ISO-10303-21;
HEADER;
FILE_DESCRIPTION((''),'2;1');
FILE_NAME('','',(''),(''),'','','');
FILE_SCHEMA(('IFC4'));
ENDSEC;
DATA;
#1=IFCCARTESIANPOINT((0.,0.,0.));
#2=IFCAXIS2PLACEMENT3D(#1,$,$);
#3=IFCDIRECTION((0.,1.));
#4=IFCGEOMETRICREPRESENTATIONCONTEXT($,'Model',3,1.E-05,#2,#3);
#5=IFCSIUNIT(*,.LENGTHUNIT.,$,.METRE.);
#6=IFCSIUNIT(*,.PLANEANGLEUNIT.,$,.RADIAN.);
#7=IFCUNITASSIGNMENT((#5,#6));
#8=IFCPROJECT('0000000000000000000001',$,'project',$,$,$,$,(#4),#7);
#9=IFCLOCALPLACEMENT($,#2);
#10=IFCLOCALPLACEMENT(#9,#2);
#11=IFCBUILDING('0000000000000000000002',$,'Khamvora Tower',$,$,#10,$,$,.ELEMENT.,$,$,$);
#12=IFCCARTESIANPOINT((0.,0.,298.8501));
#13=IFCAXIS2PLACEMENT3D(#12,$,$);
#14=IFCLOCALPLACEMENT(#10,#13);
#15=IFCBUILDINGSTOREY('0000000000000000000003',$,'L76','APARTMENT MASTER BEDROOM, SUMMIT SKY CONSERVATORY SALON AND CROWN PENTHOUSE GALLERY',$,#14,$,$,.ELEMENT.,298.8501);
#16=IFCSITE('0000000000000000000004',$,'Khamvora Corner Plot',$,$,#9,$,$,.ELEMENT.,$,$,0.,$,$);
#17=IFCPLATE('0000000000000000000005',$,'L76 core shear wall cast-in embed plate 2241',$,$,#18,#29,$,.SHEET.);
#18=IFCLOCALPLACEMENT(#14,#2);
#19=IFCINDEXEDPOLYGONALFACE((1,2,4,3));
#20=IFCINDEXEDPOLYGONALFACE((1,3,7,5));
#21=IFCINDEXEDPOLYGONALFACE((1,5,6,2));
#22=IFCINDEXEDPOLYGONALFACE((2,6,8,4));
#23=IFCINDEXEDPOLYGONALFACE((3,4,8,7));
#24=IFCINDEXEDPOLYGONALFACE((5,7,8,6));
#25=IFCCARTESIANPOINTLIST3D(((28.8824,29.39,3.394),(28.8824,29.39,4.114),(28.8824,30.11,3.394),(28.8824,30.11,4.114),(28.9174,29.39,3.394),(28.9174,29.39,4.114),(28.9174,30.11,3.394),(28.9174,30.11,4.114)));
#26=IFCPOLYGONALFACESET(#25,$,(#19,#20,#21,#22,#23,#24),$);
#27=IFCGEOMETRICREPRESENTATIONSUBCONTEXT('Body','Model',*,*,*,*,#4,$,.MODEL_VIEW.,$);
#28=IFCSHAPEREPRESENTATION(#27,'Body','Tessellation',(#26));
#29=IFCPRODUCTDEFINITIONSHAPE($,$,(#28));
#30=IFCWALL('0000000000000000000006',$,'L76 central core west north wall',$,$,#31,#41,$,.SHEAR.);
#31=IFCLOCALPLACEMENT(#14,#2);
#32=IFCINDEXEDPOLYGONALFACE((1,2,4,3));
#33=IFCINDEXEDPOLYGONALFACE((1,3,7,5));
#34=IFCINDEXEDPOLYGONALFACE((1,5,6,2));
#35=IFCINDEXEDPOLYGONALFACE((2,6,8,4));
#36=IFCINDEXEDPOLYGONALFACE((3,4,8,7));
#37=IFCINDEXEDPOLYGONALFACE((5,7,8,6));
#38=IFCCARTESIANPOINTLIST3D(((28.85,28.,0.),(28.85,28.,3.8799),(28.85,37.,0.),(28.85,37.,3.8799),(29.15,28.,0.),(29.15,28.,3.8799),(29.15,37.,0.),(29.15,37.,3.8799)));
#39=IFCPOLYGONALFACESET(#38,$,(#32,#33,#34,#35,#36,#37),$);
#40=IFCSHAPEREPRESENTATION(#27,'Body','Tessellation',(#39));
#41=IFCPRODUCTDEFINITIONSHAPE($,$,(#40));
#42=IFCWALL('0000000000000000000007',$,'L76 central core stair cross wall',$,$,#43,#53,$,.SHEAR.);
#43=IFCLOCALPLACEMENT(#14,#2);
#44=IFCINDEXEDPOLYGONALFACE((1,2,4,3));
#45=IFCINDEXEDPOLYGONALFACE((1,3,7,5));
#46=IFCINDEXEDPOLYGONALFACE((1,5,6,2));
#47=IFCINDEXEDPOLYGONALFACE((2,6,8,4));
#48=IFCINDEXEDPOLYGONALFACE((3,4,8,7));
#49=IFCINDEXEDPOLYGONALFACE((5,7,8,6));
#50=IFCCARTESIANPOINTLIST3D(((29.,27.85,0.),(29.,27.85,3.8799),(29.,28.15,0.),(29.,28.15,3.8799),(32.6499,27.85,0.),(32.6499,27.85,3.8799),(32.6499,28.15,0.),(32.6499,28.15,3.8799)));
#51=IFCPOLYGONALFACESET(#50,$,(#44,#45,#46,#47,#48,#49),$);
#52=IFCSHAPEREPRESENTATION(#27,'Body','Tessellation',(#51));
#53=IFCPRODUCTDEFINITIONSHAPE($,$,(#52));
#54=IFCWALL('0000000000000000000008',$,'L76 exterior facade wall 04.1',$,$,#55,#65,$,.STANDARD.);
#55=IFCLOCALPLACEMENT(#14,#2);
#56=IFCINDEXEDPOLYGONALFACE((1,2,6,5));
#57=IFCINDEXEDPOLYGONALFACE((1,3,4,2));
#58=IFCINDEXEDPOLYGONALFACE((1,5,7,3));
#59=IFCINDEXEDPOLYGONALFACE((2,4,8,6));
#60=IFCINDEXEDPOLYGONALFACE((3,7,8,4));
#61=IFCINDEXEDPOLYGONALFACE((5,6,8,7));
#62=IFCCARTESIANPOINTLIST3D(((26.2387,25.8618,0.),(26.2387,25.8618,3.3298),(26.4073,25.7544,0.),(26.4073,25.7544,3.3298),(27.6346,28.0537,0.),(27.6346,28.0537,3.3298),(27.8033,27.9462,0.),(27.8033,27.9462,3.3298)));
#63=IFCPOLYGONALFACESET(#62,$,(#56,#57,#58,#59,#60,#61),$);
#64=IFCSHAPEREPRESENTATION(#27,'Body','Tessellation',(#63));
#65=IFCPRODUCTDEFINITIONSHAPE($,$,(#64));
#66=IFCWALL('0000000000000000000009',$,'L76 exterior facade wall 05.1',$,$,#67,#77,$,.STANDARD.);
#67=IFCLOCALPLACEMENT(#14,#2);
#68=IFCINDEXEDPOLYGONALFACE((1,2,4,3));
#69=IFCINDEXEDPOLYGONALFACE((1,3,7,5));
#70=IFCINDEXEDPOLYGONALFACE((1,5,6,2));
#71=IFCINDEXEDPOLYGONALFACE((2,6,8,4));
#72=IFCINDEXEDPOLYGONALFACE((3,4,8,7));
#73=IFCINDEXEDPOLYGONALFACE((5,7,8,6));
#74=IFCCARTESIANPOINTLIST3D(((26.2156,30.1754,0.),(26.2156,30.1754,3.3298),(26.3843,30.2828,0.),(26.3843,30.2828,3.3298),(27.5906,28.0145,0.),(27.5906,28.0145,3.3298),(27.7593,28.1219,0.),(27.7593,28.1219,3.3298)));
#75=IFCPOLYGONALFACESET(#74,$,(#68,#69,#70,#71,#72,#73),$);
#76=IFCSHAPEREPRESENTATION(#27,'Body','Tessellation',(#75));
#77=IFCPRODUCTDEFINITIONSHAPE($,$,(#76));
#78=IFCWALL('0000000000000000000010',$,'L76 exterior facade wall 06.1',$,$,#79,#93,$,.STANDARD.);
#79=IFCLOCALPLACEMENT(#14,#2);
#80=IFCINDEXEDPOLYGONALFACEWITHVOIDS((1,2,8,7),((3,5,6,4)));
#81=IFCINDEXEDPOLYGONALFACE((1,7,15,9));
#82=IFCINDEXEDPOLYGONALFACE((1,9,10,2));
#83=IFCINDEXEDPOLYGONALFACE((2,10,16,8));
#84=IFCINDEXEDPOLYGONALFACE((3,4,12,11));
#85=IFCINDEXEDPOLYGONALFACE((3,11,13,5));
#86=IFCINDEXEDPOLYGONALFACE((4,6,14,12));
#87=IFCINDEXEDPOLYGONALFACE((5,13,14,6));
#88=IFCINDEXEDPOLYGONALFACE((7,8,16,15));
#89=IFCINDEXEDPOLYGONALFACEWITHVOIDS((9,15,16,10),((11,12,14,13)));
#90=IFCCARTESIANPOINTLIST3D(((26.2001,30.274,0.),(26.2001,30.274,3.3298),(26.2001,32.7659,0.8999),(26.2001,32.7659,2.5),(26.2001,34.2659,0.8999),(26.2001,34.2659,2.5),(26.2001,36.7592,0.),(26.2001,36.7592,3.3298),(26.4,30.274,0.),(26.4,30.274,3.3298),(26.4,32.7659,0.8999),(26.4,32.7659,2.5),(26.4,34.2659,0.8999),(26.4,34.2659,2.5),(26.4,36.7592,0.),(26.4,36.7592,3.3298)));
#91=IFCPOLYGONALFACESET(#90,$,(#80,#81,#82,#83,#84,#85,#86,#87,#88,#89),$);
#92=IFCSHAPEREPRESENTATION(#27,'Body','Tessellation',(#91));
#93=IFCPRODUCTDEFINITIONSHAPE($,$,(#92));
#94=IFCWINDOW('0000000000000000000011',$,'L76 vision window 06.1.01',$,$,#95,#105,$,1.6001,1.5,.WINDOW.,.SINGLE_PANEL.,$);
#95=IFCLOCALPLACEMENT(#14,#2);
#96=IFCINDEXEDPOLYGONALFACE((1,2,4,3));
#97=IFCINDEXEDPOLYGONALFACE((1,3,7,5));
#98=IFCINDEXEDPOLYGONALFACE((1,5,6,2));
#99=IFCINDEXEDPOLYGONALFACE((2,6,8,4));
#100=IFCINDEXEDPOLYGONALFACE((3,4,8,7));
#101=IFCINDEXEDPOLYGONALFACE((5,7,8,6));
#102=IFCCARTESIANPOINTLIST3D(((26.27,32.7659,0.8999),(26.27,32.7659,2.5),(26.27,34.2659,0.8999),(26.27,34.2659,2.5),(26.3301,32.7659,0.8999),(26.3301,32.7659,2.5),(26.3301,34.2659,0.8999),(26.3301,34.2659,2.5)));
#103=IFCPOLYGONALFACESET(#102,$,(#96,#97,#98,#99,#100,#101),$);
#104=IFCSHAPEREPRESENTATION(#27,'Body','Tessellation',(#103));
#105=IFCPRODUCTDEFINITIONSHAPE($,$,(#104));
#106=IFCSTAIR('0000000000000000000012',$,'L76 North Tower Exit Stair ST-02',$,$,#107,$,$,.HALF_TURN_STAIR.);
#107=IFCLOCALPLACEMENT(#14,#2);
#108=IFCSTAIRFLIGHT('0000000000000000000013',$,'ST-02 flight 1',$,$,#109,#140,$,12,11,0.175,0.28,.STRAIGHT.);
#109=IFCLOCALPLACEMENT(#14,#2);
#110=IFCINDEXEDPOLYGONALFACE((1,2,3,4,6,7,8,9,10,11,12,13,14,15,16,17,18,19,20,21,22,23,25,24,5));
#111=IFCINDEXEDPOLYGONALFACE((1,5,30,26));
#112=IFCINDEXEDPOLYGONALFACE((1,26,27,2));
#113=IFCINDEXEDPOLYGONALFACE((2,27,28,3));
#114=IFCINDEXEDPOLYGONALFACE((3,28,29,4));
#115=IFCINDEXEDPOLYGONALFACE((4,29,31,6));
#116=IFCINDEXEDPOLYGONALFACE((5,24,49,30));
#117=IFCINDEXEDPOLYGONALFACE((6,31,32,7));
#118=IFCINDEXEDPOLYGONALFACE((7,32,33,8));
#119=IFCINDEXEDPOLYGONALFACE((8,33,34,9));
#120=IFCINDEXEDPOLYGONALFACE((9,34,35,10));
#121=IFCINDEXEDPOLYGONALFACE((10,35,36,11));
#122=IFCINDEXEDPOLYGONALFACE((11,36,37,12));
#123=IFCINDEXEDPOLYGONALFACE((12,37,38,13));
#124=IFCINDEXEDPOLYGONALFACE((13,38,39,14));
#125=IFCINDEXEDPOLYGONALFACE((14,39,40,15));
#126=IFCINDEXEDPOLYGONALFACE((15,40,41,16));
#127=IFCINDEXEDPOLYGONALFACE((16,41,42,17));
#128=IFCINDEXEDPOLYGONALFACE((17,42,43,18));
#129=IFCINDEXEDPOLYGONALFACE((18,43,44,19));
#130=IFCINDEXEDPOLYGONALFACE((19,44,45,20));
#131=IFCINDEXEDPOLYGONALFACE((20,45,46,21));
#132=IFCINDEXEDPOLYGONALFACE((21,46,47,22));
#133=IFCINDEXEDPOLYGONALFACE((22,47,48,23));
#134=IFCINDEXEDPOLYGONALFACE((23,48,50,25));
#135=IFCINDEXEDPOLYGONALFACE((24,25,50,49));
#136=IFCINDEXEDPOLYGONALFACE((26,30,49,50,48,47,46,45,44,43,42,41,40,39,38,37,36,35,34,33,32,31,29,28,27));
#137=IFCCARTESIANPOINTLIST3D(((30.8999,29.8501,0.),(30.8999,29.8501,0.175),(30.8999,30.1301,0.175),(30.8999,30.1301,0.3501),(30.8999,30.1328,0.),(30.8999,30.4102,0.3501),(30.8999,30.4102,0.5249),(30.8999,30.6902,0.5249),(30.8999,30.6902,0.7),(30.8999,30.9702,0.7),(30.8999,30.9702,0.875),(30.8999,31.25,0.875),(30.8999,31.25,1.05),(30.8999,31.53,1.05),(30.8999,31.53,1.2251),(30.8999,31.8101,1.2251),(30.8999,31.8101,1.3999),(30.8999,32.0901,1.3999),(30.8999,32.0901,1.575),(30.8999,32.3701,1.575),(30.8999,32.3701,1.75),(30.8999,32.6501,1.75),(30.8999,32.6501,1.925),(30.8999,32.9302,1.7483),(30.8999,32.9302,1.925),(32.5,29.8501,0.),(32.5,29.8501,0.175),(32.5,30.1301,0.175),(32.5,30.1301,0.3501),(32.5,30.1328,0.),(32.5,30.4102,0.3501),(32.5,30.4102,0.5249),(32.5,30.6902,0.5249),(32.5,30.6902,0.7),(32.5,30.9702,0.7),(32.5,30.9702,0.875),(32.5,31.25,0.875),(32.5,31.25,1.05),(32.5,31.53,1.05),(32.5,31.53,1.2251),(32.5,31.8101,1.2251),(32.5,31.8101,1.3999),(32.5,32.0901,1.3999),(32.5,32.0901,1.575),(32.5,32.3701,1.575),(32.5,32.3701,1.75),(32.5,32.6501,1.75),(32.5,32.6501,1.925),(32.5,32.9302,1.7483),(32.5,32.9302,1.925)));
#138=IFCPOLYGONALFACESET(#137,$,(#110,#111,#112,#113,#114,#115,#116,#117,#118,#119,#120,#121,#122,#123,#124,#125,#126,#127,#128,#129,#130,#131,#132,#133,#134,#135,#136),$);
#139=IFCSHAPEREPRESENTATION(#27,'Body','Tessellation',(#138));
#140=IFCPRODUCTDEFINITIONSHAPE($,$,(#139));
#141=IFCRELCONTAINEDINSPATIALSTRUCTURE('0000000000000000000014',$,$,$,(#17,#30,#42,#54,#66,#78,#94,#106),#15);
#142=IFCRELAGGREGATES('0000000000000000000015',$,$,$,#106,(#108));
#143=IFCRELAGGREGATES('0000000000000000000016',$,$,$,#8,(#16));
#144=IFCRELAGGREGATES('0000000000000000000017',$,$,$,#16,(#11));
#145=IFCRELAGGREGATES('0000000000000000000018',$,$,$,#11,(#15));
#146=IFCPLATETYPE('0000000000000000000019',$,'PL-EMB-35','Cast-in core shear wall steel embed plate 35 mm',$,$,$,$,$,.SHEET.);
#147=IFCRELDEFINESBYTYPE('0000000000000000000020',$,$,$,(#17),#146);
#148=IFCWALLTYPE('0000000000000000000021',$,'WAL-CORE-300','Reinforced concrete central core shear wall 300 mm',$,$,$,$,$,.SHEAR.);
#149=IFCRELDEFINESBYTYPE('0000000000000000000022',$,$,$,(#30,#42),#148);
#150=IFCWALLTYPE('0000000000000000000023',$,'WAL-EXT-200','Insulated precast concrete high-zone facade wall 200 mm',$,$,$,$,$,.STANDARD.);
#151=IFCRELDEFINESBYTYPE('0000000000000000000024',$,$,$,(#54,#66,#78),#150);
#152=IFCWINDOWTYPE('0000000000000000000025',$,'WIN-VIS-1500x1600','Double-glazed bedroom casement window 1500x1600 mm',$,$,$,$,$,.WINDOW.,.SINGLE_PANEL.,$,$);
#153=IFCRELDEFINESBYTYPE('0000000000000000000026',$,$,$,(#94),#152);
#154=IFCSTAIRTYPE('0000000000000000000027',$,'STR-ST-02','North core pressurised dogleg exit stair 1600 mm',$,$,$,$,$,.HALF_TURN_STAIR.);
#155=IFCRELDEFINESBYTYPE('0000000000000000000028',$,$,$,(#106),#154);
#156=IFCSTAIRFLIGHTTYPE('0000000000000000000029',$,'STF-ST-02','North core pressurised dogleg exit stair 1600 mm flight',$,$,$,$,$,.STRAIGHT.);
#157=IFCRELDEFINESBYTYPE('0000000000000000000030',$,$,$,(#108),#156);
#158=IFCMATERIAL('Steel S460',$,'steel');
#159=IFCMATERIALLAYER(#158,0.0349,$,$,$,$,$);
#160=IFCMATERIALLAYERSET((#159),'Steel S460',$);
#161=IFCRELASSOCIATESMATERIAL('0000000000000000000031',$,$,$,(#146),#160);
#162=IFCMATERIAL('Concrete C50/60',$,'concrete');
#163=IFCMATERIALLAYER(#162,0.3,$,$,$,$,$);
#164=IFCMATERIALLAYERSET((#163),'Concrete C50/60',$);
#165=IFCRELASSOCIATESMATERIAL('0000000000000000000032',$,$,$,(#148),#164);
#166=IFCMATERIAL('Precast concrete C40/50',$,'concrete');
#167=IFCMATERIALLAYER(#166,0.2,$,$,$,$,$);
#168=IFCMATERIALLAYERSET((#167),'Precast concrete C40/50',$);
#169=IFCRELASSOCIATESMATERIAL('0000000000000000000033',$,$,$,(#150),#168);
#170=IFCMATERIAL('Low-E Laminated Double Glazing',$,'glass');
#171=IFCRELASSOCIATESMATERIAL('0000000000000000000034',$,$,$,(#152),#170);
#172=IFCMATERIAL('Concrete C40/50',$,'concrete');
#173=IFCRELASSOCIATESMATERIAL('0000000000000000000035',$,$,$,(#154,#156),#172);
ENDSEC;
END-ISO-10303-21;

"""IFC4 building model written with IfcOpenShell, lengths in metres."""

from ifc_helpers import new_model, si_unit, direction, frame, frame_2d, origin, origin_2d, place, context, subcontext, project, spatial, polyline, rectangle, outline, extrude, material, layer, layer_set, type_object, element, fill, aggregate, save


model = new_model("IFC4")

# Units and contexts
model_context = context("Model", 3, precision=1e-05, world=origin(), true_north=direction((0.0, 1.0)))
body_context = subcontext(model_context, "Body", "Model", "MODEL_VIEW")
ifc_project = project(units=[si_unit("LENGTHUNIT", "METRE"), si_unit("PLANEANGLEUNIT", "RADIAN")], contexts=[model_context])

# Site, building, storey
site_placement = place(None, origin())
site = spatial("IfcSite", under=ifc_project, at=site_placement, Name="Khamvora Corner Plot", CompositionType="ELEMENT", RefElevation=0.0)
building_placement = place(site_placement, origin())
building = spatial("IfcBuilding", under=site, at=building_placement, Name="Khamvora Tower", CompositionType="ELEMENT")
storey_placement = place(building_placement, frame((0.0, 0.0, 298.8501)))
storey = spatial("IfcBuildingStorey", under=building, at=storey_placement, Name="L76", Description="APARTMENT MASTER BEDROOM, SUMMIT SKY CONSERVATORY SALON AND CROWN PENTHOUSE GALLERY", CompositionType="ELEMENT", Elevation=298.8501)

# Plate
ifc_material_1 = material(Name="Steel S460", Category="steel")
ifc_layer_1 = layer(ifc_material_1, 0.0349)
ifc_layer_set_1 = layer_set([ifc_layer_1], Name="Steel S460")
plate_type = type_object("IfcPlateType", Name="PL-EMB-35", Description="Cast-in core shear wall steel embed plate 35 mm", PredefinedType="SHEET", material=ifc_layer_set_1)
for number, where, z_axis, x_axis, name in (
    (1, (28.8999, 29.75, 3.394), (0.0, 0.0, 1.0), (1.0, 0.0, 0.0), "L76 core shear wall cast-in embed plate 2241"),
):
    element("IfcPlate", number, at=place(storey_placement, frame(where, z_axis=z_axis, x_axis=x_axis)), inside=storey, type_object=plate_type, Name=name, PredefinedType="SHEET", context=body_context, shape_type="SweptSolid", body=[
        extrude(rectangle(XDim=0.0349, YDim=0.72, at=origin_2d()), origin(), (0.0, 0.0, 1.0), 0.72),
    ])

# Walls
ifc_material_2 = material(Name="Concrete C50/60", Category="concrete")
ifc_layer_2 = layer(ifc_material_2, 0.3)
ifc_layer_set_2 = layer_set([ifc_layer_2], Name="Concrete C50/60")
wall_type_1 = type_object("IfcWallType", Name="WAL-CORE-300", Description="Reinforced concrete central core shear wall 300 mm", PredefinedType="SHEAR", material=ifc_layer_set_2)
wall_1_placement = place(storey_placement, frame((29.0, 28.0, 0.0), z_axis=(0.0, 0.0, 1.0), x_axis=(0.0, 1.0, 0.0)))
element("IfcWall", 2, at=wall_1_placement, inside=storey, type_object=wall_type_1, Name="L76 central core west north wall", PredefinedType="SHEAR", context=body_context, shape_type="SweptSolid", body=[
    extrude(rectangle(XDim=9.0, YDim=0.3, at=frame_2d((4.5, 0.0))), origin(), (0.0, 0.0, 1.0), 3.8799),
])
wall_2_placement = place(storey_placement, frame((29.0, 28.0, 0.0), z_axis=(0.0, 0.0, 1.0), x_axis=(1.0, 0.0, 0.0)))
element("IfcWall", 3, at=wall_2_placement, inside=storey, type_object=wall_type_1, Name="L76 central core stair cross wall", PredefinedType="SHEAR", context=body_context, shape_type="SweptSolid", body=[
    extrude(rectangle(XDim=3.6499, YDim=0.3, at=frame_2d((1.825, 0.0))), origin(), (0.0, 0.0, 1.0), 3.8799),
])
ifc_material_3 = material(Name="Precast concrete C40/50", Category="concrete")
ifc_layer_3 = layer(ifc_material_3, 0.2)
ifc_layer_set_3 = layer_set([ifc_layer_3], Name="Precast concrete C40/50")
wall_type_2 = type_object("IfcWallType", Name="WAL-EXT-200", Description="Insulated precast concrete high-zone facade wall 200 mm", PredefinedType="STANDARD", material=ifc_layer_set_3)
wall_3_placement = place(storey_placement, frame((26.323, 25.8081, 0.0), z_axis=(0.0, 0.0, 1.0), x_axis=(0.537192, 0.84346, 0.0)))
element("IfcWall", 4, at=wall_3_placement, inside=storey, type_object=wall_type_2, Name="L76 exterior facade wall 04.1", PredefinedType="STANDARD", context=body_context, shape_type="SweptSolid", body=[
    extrude(rectangle(XDim=2.5986, YDim=0.2, at=frame_2d((1.2993, 0.0))), origin(), (0.0, 0.0, 1.0), 3.3298),
])
wall_4_placement = place(storey_placement, frame((27.675, 28.0681, 0.0), z_axis=(0.0, 0.0, 1.0), x_axis=(-0.536845, 0.843681, 0.0)))
element("IfcWall", 5, at=wall_4_placement, inside=storey, type_object=wall_type_2, Name="L76 exterior facade wall 05.1", PredefinedType="STANDARD", context=body_context, shape_type="SweptSolid", body=[
    extrude(rectangle(XDim=2.5613, YDim=0.2, at=frame_2d((1.2808, 0.0))), origin(), (0.0, 0.0, 1.0), 3.3298),
])

# Wall, opening, window
wall_5_placement = place(storey_placement, frame((26.3, 30.2739, 0.0), z_axis=(0.0, 0.0, 1.0), x_axis=(0.0, 1.0, 0.0)))
wall_5 = element("IfcWall", 6, at=wall_5_placement, inside=storey, type_object=wall_type_2, Name="L76 exterior facade wall 06.1", PredefinedType="STANDARD", context=body_context, shape_type="SweptSolid", body=[
    extrude(rectangle(XDim=6.4851, YDim=0.2, at=frame_2d((3.2427, 0.0))), origin(), (0.0, 0.0, 1.0), 3.3298),
])
opening_placement = place(wall_5_placement, frame((2.4919, 0.0, 0.8999)))
opening = element("IfcOpeningElement", 7, at=opening_placement, cuts=wall_5, PredefinedType="OPENING", context=body_context, shape_type="SweptSolid", body=[
    extrude(rectangle(XDim=1.5, YDim=1.6001, at=frame_2d((0.75, 0.8))), frame((0.0, 0.1099, 0.0), z_axis=(0.0, -1.0, 0.0), x_axis=(1.0, 0.0, 0.0)), (0.0, 0.0, 1.0), 0.22),
])
ifc_material_4 = material(Name="Low-E Laminated Double Glazing", Category="glass")
window_type = type_object("IfcWindowType", Name="WIN-VIS-1500x1600", Description="Double-glazed bedroom casement window 1500x1600 mm", PartitioningType="SINGLE_PANEL", PredefinedType="WINDOW", material=ifc_material_4)
window_placement = place(opening_placement, origin())
window = element("IfcWindow", 8, at=window_placement, inside=storey, type_object=window_type, Name="L76 vision window 06.1.01", OverallHeight=1.6001, OverallWidth=1.5, PartitioningType="SINGLE_PANEL", PredefinedType="WINDOW", context=body_context, shape_type="SweptSolid", body=[
    extrude(rectangle(XDim=1.5, YDim=1.6001, at=frame_2d((0.75, 0.8))), frame((0.0, 0.03, 0.0), z_axis=(0.0, -1.0, 0.0), x_axis=(1.0, 0.0, 0.0)), (0.0, 0.0, 1.0), 0.0601),
])
fill(opening, window)

# Stair, stair flight
ifc_material_5 = material(Name="Concrete C40/50", Category="concrete")
stair_type = type_object("IfcStairType", Name="STR-ST-02", Description="North core pressurised dogleg exit stair 1600 mm", PredefinedType="HALF_TURN_STAIR", material=ifc_material_5)
stair_placement = place(storey_placement, origin())
stair = element("IfcStair", 9, at=stair_placement, inside=storey, type_object=stair_type, Name="L76 North Tower Exit Stair ST-02", PredefinedType="HALF_TURN_STAIR")
stair_flight_type = type_object("IfcStairFlightType", Name="STF-ST-02", Description="North core pressurised dogleg exit stair 1600 mm flight", PredefinedType="STRAIGHT", material=ifc_material_5)
stair_flight_placement = place(storey_placement, frame((31.7, 29.8501, 0.0), z_axis=(0.0, 0.0, 1.0), x_axis=(0.0, 1.0, 0.0)))
stair_flight = element("IfcStairFlight", 10, at=stair_flight_placement, type_object=stair_flight_type, Name="ST-02 flight 1", NumberOfRisers=12, NumberOfTreads=11, PredefinedType="STRAIGHT", RiserHeight=0.175, TreadLength=0.28, context=body_context, shape_type="SweptSolid", body=[
    extrude(outline(polyline([(0.0, 0.0), (0.0, 0.175), (0.28, 0.175), (0.28, 0.3501), (0.5601, 0.3501), (0.5601, 0.5249), (0.8401, 0.5249), (0.8401, 0.7), (1.1201, 0.7), (1.1201, 0.875), (1.3999, 0.875), (1.3999, 1.05), (1.6799, 1.05), (1.6799, 1.2251), (1.96, 1.2251), (1.96, 1.3999), (2.24, 1.3999), (2.24, 1.575), (2.52, 1.575), (2.52, 1.75), (2.8, 1.75), (2.8, 1.925), (3.0801, 1.925), (3.0801, 2.1001), (3.0801, 1.7483), (0.2827, 0.0), (0.0, 0.0)])), frame((0.0, 0.8, 0.0), z_axis=(0.0, -1.0, 0.0), x_axis=(1.0, 0.0, 0.0)), (0.0, 0.0, 1.0), 1.6001),
])
aggregate(stair, [stair_flight])

save(model, "model.ifc")
